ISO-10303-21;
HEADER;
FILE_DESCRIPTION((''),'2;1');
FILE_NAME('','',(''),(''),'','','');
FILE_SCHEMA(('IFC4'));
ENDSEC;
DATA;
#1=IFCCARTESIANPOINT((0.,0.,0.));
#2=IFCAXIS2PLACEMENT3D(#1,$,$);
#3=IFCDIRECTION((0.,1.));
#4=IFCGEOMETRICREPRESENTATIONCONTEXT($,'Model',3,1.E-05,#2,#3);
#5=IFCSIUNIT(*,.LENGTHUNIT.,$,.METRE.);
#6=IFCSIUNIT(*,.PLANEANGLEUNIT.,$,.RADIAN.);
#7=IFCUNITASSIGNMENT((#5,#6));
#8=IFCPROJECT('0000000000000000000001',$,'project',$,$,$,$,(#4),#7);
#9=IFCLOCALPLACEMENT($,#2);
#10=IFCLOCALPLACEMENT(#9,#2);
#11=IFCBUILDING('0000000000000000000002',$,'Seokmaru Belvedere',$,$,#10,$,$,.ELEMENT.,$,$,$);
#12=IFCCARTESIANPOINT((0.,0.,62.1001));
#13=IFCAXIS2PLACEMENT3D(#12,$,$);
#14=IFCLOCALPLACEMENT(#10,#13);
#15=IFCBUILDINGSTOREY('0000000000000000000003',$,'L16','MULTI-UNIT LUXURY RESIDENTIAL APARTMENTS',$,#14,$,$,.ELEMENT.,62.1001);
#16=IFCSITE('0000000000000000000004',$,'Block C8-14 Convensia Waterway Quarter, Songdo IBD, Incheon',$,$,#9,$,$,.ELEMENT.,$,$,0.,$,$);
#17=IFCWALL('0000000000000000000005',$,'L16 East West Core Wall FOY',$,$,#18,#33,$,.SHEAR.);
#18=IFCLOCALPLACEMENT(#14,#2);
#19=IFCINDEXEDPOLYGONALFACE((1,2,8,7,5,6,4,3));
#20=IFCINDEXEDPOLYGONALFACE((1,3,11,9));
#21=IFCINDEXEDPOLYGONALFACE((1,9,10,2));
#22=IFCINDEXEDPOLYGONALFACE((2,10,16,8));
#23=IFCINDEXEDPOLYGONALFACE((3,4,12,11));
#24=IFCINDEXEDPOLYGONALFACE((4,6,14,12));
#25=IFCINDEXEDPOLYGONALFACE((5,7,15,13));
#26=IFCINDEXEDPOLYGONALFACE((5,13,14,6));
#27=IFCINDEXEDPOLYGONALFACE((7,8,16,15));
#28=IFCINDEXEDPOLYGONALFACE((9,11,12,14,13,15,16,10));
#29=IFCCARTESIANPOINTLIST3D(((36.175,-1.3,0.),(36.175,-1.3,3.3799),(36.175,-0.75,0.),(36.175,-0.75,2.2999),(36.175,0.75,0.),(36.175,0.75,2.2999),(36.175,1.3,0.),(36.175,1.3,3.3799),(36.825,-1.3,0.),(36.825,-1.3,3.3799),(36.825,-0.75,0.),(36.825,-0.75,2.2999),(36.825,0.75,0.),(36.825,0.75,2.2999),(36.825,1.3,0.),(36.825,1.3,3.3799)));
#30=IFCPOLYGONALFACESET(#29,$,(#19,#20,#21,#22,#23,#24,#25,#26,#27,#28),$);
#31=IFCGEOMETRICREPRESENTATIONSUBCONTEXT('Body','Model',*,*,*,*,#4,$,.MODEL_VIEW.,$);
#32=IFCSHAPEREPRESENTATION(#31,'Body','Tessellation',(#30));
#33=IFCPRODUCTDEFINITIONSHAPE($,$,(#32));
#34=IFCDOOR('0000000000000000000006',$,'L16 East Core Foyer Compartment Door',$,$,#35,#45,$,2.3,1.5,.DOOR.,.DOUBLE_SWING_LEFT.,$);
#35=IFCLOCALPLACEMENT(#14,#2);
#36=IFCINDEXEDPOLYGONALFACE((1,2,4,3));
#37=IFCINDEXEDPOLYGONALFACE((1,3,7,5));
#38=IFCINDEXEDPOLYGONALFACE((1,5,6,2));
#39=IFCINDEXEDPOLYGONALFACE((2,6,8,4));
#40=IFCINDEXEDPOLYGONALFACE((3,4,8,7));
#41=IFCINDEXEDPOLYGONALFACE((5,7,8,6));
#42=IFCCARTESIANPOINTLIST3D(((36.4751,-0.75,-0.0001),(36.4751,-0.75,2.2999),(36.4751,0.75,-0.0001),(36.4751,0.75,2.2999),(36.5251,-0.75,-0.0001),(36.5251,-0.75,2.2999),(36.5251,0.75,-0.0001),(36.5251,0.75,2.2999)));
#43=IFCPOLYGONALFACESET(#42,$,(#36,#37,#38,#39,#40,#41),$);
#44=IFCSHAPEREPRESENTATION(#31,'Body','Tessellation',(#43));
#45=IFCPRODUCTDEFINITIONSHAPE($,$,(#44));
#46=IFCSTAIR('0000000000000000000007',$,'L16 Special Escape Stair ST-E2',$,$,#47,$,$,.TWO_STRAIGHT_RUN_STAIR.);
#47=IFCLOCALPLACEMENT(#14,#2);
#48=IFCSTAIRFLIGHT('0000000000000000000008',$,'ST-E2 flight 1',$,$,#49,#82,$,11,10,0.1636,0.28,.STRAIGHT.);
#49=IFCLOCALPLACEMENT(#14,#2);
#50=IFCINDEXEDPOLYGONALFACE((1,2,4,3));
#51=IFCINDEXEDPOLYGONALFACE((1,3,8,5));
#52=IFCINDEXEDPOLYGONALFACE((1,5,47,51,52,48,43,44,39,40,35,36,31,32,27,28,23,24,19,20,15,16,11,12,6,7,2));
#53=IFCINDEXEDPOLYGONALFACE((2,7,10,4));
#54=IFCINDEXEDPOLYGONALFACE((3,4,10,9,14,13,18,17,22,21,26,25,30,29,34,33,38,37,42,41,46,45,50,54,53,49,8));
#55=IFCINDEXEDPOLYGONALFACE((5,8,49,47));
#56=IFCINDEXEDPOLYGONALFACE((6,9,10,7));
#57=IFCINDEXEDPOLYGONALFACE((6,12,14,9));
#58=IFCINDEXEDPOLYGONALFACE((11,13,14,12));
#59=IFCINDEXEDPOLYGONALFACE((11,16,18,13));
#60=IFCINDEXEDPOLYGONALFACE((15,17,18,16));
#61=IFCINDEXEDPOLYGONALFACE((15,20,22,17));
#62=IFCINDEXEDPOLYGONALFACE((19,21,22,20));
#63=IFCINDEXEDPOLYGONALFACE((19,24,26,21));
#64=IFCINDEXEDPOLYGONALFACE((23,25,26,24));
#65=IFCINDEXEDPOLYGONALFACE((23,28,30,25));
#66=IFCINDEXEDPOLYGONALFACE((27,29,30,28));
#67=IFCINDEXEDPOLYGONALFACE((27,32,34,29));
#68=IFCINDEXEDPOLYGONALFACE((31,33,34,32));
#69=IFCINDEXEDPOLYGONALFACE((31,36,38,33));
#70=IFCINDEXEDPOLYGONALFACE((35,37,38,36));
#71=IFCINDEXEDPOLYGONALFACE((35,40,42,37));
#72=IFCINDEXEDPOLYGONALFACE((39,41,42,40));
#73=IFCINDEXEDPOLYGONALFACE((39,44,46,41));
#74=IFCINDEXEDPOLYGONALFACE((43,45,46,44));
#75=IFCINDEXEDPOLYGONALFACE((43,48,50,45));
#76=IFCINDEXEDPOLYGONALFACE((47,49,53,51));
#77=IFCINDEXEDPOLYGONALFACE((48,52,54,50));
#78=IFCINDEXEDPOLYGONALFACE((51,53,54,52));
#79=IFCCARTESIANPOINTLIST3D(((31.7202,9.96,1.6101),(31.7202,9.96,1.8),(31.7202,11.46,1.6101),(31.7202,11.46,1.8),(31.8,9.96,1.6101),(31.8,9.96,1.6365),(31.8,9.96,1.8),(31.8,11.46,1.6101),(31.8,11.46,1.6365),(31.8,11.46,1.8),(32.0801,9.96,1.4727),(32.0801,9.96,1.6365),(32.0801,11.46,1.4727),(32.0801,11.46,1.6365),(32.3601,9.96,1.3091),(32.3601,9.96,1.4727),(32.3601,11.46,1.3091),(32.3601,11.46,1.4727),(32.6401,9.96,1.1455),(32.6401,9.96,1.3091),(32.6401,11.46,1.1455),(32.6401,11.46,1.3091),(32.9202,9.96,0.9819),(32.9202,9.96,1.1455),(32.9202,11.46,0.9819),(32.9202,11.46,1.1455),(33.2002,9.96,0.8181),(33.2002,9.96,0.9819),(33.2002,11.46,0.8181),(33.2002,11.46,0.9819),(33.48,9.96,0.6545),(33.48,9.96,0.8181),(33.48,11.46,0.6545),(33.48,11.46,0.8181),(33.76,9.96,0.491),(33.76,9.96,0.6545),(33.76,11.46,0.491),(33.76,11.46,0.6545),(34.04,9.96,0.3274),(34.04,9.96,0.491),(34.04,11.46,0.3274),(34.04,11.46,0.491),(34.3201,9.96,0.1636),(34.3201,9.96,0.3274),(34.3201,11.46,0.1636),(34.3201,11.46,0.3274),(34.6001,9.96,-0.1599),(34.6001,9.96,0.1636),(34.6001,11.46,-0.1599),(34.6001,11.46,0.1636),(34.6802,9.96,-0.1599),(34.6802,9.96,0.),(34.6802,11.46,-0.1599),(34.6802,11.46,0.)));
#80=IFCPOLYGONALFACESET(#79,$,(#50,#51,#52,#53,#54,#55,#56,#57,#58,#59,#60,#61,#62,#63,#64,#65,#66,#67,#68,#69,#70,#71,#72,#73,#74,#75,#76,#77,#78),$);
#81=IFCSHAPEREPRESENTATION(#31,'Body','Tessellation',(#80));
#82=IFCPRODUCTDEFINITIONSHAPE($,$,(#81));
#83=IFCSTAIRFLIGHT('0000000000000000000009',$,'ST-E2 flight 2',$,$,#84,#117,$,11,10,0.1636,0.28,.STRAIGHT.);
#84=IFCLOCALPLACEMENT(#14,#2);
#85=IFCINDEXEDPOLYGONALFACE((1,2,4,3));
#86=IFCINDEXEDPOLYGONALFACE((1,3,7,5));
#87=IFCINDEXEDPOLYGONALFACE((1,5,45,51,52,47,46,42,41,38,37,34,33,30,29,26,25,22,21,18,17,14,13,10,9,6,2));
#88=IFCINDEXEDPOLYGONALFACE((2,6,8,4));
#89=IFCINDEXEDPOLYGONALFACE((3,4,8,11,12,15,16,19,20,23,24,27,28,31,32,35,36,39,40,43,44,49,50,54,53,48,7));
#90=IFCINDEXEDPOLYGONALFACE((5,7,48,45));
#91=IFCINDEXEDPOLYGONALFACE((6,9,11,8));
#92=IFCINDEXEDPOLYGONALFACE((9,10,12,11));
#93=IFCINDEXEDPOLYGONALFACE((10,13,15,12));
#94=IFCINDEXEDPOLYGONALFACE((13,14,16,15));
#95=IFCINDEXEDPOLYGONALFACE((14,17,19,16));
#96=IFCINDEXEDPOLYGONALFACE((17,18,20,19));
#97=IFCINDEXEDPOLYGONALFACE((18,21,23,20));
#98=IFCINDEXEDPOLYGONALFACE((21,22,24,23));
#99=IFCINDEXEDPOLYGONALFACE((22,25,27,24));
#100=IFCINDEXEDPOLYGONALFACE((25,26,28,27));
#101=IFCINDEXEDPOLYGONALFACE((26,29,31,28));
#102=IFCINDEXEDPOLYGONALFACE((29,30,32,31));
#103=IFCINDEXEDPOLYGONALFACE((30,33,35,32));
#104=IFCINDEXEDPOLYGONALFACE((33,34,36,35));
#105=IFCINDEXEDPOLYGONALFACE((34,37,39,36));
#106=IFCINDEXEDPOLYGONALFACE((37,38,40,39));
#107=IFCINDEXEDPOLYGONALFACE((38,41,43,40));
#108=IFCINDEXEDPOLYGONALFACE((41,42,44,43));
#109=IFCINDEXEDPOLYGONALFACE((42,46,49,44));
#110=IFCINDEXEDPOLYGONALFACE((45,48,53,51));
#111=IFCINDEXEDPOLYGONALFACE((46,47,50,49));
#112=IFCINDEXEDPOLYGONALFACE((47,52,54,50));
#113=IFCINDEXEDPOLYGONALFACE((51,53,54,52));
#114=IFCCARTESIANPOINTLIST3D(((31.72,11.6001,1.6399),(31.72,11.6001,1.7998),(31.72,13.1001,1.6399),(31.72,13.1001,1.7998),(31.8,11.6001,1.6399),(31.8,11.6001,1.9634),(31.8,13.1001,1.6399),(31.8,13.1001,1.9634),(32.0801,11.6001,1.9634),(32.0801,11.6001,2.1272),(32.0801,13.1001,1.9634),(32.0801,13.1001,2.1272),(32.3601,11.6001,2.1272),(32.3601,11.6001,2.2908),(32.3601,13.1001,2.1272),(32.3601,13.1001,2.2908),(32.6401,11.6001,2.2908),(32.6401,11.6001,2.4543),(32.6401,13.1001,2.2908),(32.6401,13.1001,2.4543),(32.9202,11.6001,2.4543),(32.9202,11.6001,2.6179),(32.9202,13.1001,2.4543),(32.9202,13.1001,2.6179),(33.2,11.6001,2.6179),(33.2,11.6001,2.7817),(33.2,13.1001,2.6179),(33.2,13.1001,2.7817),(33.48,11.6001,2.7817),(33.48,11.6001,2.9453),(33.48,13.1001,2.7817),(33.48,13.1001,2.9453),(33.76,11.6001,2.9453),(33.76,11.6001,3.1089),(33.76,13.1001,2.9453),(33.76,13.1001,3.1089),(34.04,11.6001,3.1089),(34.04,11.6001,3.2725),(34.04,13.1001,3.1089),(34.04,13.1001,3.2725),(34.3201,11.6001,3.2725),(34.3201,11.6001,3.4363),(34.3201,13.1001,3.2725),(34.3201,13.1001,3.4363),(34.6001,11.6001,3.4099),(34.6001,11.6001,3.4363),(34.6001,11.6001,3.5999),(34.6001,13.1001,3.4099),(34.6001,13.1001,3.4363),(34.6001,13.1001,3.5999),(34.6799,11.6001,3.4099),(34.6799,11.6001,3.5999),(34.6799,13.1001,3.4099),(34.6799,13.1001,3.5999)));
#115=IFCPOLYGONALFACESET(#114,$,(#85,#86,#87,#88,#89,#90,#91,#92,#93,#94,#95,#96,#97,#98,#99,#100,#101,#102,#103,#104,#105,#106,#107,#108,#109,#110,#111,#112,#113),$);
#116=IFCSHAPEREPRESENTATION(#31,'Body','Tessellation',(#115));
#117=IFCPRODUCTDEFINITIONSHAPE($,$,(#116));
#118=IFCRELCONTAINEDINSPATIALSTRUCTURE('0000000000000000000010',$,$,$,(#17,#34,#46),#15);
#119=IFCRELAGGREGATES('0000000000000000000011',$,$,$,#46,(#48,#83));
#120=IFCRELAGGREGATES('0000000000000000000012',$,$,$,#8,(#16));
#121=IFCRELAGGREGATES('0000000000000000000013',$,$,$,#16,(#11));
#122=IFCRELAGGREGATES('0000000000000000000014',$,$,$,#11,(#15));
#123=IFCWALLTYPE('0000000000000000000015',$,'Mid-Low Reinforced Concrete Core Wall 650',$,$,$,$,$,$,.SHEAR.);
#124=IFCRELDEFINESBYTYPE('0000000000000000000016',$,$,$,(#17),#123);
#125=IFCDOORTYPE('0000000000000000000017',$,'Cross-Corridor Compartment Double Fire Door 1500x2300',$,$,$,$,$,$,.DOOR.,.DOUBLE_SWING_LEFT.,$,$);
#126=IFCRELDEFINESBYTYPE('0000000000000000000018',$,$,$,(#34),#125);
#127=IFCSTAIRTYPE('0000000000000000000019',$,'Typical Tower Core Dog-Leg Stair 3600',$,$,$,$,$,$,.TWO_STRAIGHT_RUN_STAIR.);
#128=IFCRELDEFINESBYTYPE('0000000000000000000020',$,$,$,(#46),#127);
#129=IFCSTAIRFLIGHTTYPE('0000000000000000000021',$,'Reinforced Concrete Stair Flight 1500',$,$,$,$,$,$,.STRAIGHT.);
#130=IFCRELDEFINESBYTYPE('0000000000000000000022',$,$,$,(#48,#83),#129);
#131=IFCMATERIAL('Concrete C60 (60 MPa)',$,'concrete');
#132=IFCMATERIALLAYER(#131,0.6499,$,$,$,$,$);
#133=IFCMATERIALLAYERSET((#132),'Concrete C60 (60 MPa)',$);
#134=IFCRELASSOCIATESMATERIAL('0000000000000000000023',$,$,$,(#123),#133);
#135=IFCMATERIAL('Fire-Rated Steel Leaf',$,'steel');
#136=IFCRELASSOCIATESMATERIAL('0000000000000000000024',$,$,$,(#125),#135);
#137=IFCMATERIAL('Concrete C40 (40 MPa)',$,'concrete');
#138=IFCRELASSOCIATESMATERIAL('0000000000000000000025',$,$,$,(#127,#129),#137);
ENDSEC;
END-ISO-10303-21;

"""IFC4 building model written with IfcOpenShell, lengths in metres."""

from ifc_helpers import new_model, si_unit, direction, frame, frame_2d, origin, place, context, subcontext, project, spatial, polyline, rectangle, outline, extrude, source, transform, mapped, material, layer, layer_set, type_object, type_shapes, element, fill, aggregate, save


model = new_model("IFC4")

# Units and contexts
model_context = context("Model", 3, precision=1e-05, world=origin(), true_north=direction((0.0, 1.0)))
body_context = subcontext(model_context, "Body", "Model", "MODEL_VIEW")
ifc_project = project(units=[si_unit("LENGTHUNIT", "METRE"), si_unit("PLANEANGLEUNIT", "RADIAN")], contexts=[model_context])

# Site, building, storey
site_placement = place(None, origin())
site = spatial("IfcSite", under=ifc_project, at=site_placement, Name="Block C8-14 Convensia Waterway Quarter, Songdo IBD, Incheon", CompositionType="ELEMENT", RefElevation=0.0)
building_placement = place(site_placement, origin())
building = spatial("IfcBuilding", under=site, at=building_placement, Name="Seokmaru Belvedere", CompositionType="ELEMENT")
storey_placement = place(building_placement, frame((0.0, 0.0, 62.1001)))
storey = spatial("IfcBuildingStorey", under=building, at=storey_placement, Name="L16", Description="MULTI-UNIT LUXURY RESIDENTIAL APARTMENTS", CompositionType="ELEMENT", Elevation=62.1001)

# Shared definitions
ifc_material_1 = material(Name="Fire-Rated Steel Leaf", Category="steel")

# Wall, opening, door
ifc_material_2 = material(Name="Concrete C60 (60 MPa)", Category="concrete")
ifc_layer_1 = layer(ifc_material_2, 0.6499)
ifc_layer_set_1 = layer_set([ifc_layer_1], Name="Concrete C60 (60 MPa)")
wall_type_1 = type_object("IfcWallType", Name="Mid-Low Reinforced Concrete Core Wall 650", PredefinedType="SHEAR", material=ifc_layer_set_1)
wall_1_placement = place(storey_placement, frame((36.5, -1.3, 0.0), z_axis=(0.0, 0.0, 1.0), x_axis=(0.0, 1.0, 0.0)))
wall_1 = element("IfcWall", 1, at=wall_1_placement, inside=storey, type_object=wall_type_1, Name="L16 East West Core Wall FOY", PredefinedType="SHEAR", context=body_context, shape_type="SweptSolid", body=[
    extrude(rectangle(XDim=2.6001, YDim=0.6499, at=frame_2d((1.3, 0.0))), origin(), (0.0, 0.0, 1.0), 3.3799),
])
opening_1_placement = place(wall_1_placement, frame((0.55, 0.0, 0.0)))
opening_1 = element("IfcOpeningElement", 2, at=opening_1_placement, cuts=wall_1, PredefinedType="OPENING", context=body_context, shape_type="SweptSolid", body=[
    extrude(rectangle(XDim=1.5, YDim=2.3, at=frame_2d((0.75, 1.1499))), frame((0.0, 0.335, 0.0), z_axis=(0.0, -1.0, 0.0), x_axis=(1.0, 0.0, 0.0)), (0.0, 0.0, 1.0), 0.6699),
])
door_type_1 = type_object("IfcDoorType", Name="Cross-Corridor Compartment Double Fire Door 1500x2300", OperationType="DOUBLE_SWING_LEFT", PredefinedType="DOOR", material=ifc_material_1)
shared_shape_1 = source(origin(), body_context, "Body", "SweptSolid", [
    extrude(rectangle(XDim=1.5, YDim=2.3, at=frame_2d((0.75, 1.1499))), frame((0.0, 0.0249, 0.0), z_axis=(0.0, -1.0, 0.0), x_axis=(1.0, 0.0, 0.0)), (0.0, 0.0, 1.0), 0.05),
])
type_shapes(door_type_1, [shared_shape_1])
door_1_placement = place(opening_1_placement, origin())
door_1 = element("IfcDoor", 3, at=door_1_placement, inside=storey, type_object=door_type_1, Name="L16 East Core Foyer Compartment Door", OperationType="DOUBLE_SWING_LEFT", OverallHeight=2.3, OverallWidth=1.5, PredefinedType="DOOR", context=body_context, shape_type="MappedRepresentation", body=[
    mapped(shared_shape_1, transform((0.0, 0.0, 0.0), scale=1.0)),
])
fill(opening_1, door_1)

# Stair, stair flights
ifc_material_3 = material(Name="Concrete C40 (40 MPa)", Category="concrete")
stair_type = type_object("IfcStairType", Name="Typical Tower Core Dog-Leg Stair 3600", PredefinedType="TWO_STRAIGHT_RUN_STAIR", material=ifc_material_3)
stair_placement = place(storey_placement, origin())
stair = element("IfcStair", 4, at=stair_placement, inside=storey, type_object=stair_type, Name="L16 Special Escape Stair ST-E2", PredefinedType="TWO_STRAIGHT_RUN_STAIR")
stair_flight_type = type_object("IfcStairFlightType", Name="Reinforced Concrete Stair Flight 1500", PredefinedType="STRAIGHT", material=ifc_material_3)
stair_flight_1_placement = place(storey_placement, frame((34.6001, 10.71, 0.0), z_axis=(0.0, 0.0, 1.0), x_axis=(-1.0, 0.0, 0.0)))
stair_flight_1 = element("IfcStairFlight", 5, at=stair_flight_1_placement, type_object=stair_flight_type, Name="ST-E2 flight 1", NumberOfRisers=11, NumberOfTreads=10, PredefinedType="STRAIGHT", RiserHeight=0.1636, TreadLength=0.28, context=body_context, shape_type="SweptSolid", body=[
    extrude(outline(polyline([(-0.0801, 0.0), (0.0, 0.1636), (0.28, 0.1636), (0.28, 0.3274), (0.5601, 0.3274), (0.5601, 0.491), (0.8401, 0.491), (0.8401, 0.6545), (1.1201, 0.6545), (1.1201, 0.8181), (1.3999, 0.8181), (1.3999, 0.9819), (1.6799, 0.9819), (1.6799, 1.1455), (1.96, 1.1455), (1.96, 1.3091), (2.24, 1.3091), (2.24, 1.4727), (2.52, 1.4727), (2.52, 1.6365), (2.8, 1.6365), (2.8, 1.8), (2.8799, 1.8), (2.8799, 1.6101), (2.8, 1.6101), (0.0, -0.1599), (-0.0801, -0.1599), (-0.0801, 0.0)])), frame((0.0, 0.75, 0.0), z_axis=(0.0, -1.0, 0.0), x_axis=(1.0, 0.0, 0.0)), (0.0, 0.0, 1.0), 1.5),
])
stair_flight_2_placement = place(storey_placement, frame((31.8, 12.3501, 1.7998), z_axis=(0.0, 0.0, 1.0), x_axis=(1.0, 0.0, 0.0)))
stair_flight_2 = element("IfcStairFlight", 6, at=stair_flight_2_placement, type_object=stair_flight_type, Name="ST-E2 flight 2", NumberOfRisers=11, NumberOfTreads=10, PredefinedType="STRAIGHT", RiserHeight=0.1636, TreadLength=0.28, context=body_context, shape_type="SweptSolid", body=[
    extrude(outline(polyline([(-0.0801, 0.0), (0.0, 0.1636), (0.28, 0.1636), (0.28, 0.3274), (0.5601, 0.3274), (0.5601, 0.491), (0.8401, 0.491), (0.8401, 0.6545), (1.1201, 0.6545), (1.1201, 0.8181), (1.3999, 0.8181), (1.3999, 0.9819), (1.6799, 0.9819), (1.6799, 1.1455), (1.96, 1.1455), (1.96, 1.3091), (2.24, 1.3091), (2.24, 1.4727), (2.52, 1.4727), (2.52, 1.6365), (2.8, 1.6365), (2.8, 1.8), (2.8799, 1.8), (2.8799, 1.6101), (2.8, 1.6101), (0.0, -0.1599), (-0.0801, -0.1599), (-0.0801, 0.0)])), frame((0.0, 0.75, 0.0), z_axis=(0.0, -1.0, 0.0), x_axis=(1.0, 0.0, 0.0)), (0.0, 0.0, 1.0), 1.5),
])
aggregate(stair, [stair_flight_1, stair_flight_2])

save(model, "model.ifc")
